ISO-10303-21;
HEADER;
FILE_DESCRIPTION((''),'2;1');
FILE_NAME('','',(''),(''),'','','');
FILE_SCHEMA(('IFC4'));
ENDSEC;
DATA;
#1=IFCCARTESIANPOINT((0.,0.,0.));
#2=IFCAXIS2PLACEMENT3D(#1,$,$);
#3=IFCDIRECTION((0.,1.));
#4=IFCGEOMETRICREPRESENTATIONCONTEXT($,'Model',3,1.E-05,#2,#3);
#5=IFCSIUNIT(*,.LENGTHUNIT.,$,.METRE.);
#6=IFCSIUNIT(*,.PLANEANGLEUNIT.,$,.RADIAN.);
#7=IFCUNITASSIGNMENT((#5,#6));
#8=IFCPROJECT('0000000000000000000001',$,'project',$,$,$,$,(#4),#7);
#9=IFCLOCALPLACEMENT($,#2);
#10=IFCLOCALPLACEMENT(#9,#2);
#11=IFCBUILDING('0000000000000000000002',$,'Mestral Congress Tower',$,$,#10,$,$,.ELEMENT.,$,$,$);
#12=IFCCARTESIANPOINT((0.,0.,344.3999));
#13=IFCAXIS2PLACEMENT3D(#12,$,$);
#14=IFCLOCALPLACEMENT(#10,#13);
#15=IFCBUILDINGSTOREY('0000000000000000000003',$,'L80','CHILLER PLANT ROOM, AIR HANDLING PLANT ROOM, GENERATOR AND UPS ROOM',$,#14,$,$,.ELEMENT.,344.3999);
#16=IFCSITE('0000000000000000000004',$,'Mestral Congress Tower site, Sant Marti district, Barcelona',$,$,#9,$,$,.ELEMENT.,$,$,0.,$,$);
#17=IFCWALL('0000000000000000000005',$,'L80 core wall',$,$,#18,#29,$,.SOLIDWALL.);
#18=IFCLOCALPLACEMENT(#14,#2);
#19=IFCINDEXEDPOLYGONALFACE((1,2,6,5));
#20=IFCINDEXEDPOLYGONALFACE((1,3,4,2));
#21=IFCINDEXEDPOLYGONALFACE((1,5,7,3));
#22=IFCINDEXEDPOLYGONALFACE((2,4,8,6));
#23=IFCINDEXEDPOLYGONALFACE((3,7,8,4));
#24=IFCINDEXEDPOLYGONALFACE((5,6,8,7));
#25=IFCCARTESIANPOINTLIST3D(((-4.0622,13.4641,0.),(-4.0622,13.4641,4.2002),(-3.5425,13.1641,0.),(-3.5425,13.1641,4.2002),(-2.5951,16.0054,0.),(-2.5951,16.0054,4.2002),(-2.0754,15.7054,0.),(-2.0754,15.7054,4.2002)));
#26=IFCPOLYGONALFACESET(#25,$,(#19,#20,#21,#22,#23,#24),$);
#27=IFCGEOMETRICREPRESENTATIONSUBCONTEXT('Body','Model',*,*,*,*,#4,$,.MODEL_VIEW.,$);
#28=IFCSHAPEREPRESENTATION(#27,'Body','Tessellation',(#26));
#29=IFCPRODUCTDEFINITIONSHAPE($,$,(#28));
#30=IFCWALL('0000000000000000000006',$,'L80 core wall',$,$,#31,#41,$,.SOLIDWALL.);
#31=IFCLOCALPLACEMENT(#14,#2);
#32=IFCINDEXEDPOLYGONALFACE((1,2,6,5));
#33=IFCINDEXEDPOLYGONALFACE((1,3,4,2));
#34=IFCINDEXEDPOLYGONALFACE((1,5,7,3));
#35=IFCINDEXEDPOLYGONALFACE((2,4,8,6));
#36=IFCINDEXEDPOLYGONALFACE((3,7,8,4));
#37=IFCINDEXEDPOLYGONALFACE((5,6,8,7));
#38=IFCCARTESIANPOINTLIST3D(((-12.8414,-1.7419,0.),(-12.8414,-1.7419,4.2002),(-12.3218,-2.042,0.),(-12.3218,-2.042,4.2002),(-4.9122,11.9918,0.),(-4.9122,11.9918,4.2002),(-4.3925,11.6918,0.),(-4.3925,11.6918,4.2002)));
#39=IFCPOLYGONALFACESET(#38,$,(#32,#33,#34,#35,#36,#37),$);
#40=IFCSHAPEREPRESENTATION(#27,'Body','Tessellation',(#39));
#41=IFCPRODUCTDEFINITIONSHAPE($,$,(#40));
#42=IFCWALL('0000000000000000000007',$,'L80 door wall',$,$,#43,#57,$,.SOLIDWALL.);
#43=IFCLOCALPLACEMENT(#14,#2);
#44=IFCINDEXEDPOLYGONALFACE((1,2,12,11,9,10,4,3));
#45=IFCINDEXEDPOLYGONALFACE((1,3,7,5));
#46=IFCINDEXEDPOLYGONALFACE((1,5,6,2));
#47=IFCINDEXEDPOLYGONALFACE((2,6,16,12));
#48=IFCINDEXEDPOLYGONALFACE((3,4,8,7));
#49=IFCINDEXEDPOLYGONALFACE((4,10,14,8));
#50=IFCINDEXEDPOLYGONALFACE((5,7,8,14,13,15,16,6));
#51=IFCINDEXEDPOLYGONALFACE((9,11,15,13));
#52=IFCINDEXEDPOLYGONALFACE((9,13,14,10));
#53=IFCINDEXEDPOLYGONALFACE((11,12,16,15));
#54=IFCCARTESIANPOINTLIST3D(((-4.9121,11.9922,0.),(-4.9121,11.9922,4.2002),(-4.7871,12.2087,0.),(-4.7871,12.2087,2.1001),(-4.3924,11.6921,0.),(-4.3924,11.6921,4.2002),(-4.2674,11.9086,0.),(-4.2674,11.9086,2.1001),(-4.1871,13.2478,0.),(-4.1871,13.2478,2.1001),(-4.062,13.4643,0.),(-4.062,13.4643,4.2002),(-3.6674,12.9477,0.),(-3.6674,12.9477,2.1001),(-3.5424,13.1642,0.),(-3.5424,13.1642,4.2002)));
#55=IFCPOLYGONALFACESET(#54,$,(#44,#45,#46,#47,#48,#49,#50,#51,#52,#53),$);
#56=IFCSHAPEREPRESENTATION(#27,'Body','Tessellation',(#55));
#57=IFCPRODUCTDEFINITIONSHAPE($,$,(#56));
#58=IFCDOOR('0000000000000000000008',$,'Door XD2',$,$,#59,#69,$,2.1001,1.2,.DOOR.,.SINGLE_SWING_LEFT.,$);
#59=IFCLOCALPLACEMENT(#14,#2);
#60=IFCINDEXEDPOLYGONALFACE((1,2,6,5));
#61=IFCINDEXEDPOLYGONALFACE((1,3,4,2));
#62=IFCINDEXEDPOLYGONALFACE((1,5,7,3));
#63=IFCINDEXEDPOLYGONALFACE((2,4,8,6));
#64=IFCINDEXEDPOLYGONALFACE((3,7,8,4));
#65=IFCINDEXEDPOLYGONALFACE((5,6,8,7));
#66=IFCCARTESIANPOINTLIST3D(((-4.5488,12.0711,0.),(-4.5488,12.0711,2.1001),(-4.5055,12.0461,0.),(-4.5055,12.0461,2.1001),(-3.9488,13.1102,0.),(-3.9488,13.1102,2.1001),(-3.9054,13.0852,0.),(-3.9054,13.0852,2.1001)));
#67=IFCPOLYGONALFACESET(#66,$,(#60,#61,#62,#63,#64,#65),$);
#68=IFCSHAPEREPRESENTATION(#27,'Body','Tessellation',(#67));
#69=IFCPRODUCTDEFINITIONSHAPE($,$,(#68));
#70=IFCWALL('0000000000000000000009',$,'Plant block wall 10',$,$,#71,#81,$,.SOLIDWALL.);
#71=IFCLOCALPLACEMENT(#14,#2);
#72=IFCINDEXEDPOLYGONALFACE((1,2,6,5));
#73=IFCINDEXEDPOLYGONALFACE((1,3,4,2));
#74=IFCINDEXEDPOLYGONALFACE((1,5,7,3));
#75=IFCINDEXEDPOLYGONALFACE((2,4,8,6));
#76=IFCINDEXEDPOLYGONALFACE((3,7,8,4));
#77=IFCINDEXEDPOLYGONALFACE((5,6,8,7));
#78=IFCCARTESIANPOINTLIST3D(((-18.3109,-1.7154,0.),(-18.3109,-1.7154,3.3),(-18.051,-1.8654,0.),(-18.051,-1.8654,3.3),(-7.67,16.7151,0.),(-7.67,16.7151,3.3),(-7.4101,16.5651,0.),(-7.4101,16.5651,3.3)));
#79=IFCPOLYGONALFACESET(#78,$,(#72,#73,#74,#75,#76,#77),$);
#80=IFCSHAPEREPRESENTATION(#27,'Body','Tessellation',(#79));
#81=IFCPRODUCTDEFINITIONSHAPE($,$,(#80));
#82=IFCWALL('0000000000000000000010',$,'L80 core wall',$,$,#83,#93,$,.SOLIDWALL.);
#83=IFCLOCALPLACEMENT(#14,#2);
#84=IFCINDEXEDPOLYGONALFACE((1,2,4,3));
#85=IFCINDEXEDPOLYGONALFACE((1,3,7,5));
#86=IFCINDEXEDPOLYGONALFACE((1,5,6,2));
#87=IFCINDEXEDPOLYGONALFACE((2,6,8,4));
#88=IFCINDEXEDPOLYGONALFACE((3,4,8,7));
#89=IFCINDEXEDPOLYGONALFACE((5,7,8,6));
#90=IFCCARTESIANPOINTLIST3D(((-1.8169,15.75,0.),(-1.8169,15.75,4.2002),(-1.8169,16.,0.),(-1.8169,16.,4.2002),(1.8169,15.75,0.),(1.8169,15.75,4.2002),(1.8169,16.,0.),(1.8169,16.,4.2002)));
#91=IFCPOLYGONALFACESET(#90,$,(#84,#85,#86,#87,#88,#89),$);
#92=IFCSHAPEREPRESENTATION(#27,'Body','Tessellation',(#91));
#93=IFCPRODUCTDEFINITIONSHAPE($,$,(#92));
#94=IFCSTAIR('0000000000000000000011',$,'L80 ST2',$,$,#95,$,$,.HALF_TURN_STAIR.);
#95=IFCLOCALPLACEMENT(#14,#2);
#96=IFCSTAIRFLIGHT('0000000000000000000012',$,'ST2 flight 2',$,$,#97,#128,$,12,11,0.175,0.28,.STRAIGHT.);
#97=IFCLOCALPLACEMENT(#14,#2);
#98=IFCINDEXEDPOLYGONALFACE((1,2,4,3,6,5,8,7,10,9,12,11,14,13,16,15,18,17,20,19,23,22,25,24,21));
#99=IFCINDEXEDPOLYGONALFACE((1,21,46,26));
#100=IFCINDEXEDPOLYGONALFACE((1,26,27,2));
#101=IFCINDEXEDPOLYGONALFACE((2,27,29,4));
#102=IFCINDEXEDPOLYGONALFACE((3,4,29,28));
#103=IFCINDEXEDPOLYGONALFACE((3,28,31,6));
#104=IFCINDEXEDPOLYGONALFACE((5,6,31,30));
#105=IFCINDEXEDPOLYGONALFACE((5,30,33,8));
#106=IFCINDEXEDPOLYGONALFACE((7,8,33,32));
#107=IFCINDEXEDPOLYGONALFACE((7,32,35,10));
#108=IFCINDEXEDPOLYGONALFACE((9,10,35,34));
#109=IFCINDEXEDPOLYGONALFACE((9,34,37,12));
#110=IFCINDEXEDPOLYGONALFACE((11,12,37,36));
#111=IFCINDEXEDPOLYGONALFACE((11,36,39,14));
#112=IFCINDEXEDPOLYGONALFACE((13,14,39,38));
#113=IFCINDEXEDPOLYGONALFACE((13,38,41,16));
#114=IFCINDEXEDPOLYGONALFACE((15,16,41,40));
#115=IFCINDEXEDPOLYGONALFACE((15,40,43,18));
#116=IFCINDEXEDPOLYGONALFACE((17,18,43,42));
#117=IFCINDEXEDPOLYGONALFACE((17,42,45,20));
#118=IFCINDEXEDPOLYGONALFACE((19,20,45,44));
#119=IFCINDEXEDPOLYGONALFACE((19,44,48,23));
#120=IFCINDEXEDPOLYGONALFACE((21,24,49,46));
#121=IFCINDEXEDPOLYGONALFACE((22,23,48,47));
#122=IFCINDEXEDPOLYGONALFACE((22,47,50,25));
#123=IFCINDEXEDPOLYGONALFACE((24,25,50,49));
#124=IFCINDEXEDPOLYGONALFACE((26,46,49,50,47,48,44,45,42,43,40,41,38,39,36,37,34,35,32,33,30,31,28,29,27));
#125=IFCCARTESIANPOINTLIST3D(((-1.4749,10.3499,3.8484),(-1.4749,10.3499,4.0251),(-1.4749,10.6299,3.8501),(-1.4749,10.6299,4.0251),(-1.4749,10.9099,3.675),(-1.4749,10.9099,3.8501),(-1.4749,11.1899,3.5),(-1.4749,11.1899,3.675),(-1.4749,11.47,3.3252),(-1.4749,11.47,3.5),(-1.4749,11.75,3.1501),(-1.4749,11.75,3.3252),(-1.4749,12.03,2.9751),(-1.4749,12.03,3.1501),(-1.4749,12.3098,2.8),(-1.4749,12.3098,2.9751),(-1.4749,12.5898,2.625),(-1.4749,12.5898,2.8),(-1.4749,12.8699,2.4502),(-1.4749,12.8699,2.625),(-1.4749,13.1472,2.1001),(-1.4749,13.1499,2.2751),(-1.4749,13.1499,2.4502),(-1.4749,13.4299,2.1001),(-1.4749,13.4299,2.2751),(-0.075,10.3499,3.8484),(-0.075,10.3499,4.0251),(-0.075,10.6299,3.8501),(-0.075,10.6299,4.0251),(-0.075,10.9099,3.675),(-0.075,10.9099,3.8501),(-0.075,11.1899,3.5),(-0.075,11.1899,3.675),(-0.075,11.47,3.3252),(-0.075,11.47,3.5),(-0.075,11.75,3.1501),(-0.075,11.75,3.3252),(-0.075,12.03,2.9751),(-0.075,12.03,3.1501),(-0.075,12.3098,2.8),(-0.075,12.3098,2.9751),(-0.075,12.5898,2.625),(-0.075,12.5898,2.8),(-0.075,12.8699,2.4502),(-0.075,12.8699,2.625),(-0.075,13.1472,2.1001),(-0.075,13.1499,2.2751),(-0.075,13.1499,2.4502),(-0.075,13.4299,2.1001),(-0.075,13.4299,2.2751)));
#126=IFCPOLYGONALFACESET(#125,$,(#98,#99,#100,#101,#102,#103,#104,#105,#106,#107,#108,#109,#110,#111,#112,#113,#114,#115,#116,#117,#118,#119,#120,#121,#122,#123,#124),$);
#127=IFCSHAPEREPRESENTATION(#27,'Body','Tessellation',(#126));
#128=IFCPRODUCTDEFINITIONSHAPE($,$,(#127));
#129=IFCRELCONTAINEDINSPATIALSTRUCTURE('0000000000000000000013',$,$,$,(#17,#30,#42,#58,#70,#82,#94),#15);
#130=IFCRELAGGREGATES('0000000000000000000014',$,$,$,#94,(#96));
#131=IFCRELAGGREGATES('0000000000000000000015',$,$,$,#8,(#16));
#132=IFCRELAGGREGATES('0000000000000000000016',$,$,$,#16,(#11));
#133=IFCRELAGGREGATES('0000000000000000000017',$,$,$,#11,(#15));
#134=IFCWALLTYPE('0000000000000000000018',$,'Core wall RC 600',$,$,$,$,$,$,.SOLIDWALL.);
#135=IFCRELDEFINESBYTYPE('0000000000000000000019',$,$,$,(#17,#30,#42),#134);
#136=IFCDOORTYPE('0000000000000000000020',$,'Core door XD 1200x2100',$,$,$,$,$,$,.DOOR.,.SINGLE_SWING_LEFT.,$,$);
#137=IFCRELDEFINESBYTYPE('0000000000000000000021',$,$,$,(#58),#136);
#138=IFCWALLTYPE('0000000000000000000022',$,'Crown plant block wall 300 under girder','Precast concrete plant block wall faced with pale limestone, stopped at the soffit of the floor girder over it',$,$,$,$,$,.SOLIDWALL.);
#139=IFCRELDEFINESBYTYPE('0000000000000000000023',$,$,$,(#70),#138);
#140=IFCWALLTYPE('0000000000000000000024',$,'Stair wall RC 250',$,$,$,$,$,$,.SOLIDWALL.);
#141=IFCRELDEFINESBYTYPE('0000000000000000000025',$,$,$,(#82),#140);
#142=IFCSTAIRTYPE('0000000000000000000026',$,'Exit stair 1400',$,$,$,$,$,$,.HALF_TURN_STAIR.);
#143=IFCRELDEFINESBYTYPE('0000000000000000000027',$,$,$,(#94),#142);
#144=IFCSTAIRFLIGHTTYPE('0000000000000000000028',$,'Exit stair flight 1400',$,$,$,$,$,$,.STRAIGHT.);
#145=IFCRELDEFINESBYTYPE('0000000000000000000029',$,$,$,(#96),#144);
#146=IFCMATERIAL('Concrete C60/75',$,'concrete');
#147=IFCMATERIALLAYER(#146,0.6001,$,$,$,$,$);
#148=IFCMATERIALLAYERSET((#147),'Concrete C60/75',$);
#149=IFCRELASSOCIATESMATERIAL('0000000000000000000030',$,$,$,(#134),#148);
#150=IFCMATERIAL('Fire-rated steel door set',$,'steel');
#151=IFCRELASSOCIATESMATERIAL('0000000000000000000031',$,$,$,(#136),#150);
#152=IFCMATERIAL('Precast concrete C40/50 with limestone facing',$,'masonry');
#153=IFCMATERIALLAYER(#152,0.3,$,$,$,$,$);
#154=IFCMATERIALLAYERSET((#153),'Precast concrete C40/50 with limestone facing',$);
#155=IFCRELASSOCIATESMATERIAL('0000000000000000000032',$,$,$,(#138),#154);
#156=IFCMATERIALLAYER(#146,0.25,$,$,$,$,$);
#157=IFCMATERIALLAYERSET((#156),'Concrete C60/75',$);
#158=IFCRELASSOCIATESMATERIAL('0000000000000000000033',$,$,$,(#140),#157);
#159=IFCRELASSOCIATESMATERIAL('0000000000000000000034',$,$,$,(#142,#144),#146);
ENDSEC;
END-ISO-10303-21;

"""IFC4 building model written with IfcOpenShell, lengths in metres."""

from ifc_helpers import new_model, si_unit, direction, frame, frame_2d, origin, place, context, subcontext, project, spatial, polyline, rectangle, outline, extrude, material, layer, layer_set, type_object, element, fill, aggregate, save


model = new_model("IFC4")

# Units and contexts
model_context = context("Model", 3, precision=1e-05, world=origin(), true_north=direction((0.0, 1.0)))
body_context = subcontext(model_context, "Body", "Model", "MODEL_VIEW")
ifc_project = project(units=[si_unit("LENGTHUNIT", "METRE"), si_unit("PLANEANGLEUNIT", "RADIAN")], contexts=[model_context])

# Site, building, storey
site_placement = place(None, origin())
site = spatial("IfcSite", under=ifc_project, at=site_placement, Name="Mestral Congress Tower site, Sant Marti district, Barcelona", CompositionType="ELEMENT", RefElevation=0.0)
building_placement = place(site_placement, origin())
building = spatial("IfcBuilding", under=site, at=building_placement, Name="Mestral Congress Tower", CompositionType="ELEMENT")
storey_placement = place(building_placement, frame((0.0, 0.0, 344.3999)))
storey = spatial("IfcBuildingStorey", under=building, at=storey_placement, Name="L80", Description="CHILLER PLANT ROOM, AIR HANDLING PLANT ROOM, GENERATOR AND UPS ROOM", CompositionType="ELEMENT", Elevation=344.3999)

# Shared definitions
placement = place(storey_placement, origin())

# Walls
ifc_material_1 = material(Name="Concrete C60/75", Category="concrete")
ifc_layer_1 = layer(ifc_material_1, 0.6001)
ifc_layer_set_1 = layer_set([ifc_layer_1], Name="Concrete C60/75")
wall_type_1 = type_object("IfcWallType", Name="Core wall RC 600", PredefinedType="SOLIDWALL", material=ifc_layer_set_1)
wall_1_placement = place(storey_placement, frame((-2.3352, 15.8555, 0.0), z_axis=(0.0, 0.0, 1.0), x_axis=(-0.49996, -0.866048, 0.0)))
element("IfcWall", 1, at=wall_1_placement, inside=storey, type_object=wall_type_1, Name="L80 core wall", PredefinedType="SOLIDWALL", context=body_context, shape_type="SweptSolid", body=[
    extrude(rectangle(XDim=2.9343, YDim=0.6001, at=frame_2d((1.4673, 0.0))), origin(), (0.0, 0.0, 1.0), 4.2002),
])
wall_2_placement = place(storey_placement, frame((-4.6523, 11.8418, 0.0), z_axis=(0.0, 0.0, 1.0), x_axis=(-0.500004, -0.866023, 0.0)))
element("IfcWall", 2, at=wall_2_placement, inside=storey, type_object=wall_type_1, Name="L80 core wall", PredefinedType="SOLIDWALL", context=body_context, shape_type="SweptSolid", body=[
    extrude(rectangle(XDim=15.8584, YDim=0.6001, at=frame_2d((7.9292, 0.0))), origin(), (0.0, 0.0, 1.0), 4.2002),
])

# Wall, opening, door
wall_3_placement = place(storey_placement, frame((-4.6523, 11.842, 0.0), z_axis=(0.0, 0.0, 1.0), x_axis=(0.500062, 0.865989, 0.0)))
wall_3 = element("IfcWall", 3, at=wall_3_placement, inside=storey, type_object=wall_type_1, Name="L80 door wall", PredefinedType="SOLIDWALL", context=body_context, shape_type="SweptSolid", body=[
    extrude(rectangle(XDim=1.7, YDim=0.6001, at=frame_2d((0.8501, 0.0))), origin(), (0.0, 0.0, 1.0), 4.2002),
])
opening_placement = place(wall_3_placement, frame((0.25, 0.0, 0.0)))
opening = element("IfcOpeningElement", 4, at=opening_placement, cuts=wall_3, PredefinedType="OPENING", context=body_context, shape_type="SweptSolid", body=[
    extrude(rectangle(XDim=1.2, YDim=2.1001, at=frame_2d((0.6001, 1.05))), frame((0.0, 0.3101, 0.0), z_axis=(0.0, -1.0, 0.0), x_axis=(1.0, 0.0, 0.0)), (0.0, 0.0, 1.0), 0.6201),
])
ifc_material_2 = material(Name="Fire-rated steel door set", Category="steel")
door_type = type_object("IfcDoorType", Name="Core door XD 1200x2100", OperationType="SINGLE_SWING_LEFT", PredefinedType="DOOR", material=ifc_material_2)
door_placement = place(opening_placement, origin())
door = element("IfcDoor", 5, at=door_placement, inside=storey, type_object=door_type, Name="Door XD2", OperationType="SINGLE_SWING_LEFT", OverallHeight=2.1001, OverallWidth=1.2, PredefinedType="DOOR", context=body_context, shape_type="SweptSolid", body=[
    extrude(rectangle(XDim=1.2, YDim=2.1001, at=frame_2d((0.6001, 1.05))), frame((0.0, 0.0249, 0.0), z_axis=(0.0, -1.0, 0.0), x_axis=(1.0, 0.0, 0.0)), (0.0, 0.0, 1.0), 0.05),
])
fill(opening, door)

# Walls
ifc_material_3 = material(Name="Precast concrete C40/50 with limestone facing", Category="masonry")
ifc_layer_2 = layer(ifc_material_3, 0.3)
ifc_layer_set_2 = layer_set([ifc_layer_2], Name="Precast concrete C40/50 with limestone facing")
wall_type_2 = type_object("IfcWallType", Name="Crown plant block wall 300 under girder", Description="Precast concrete plant block wall faced with pale limestone, stopped at the soffit of the floor girder over it", PredefinedType="SOLIDWALL", material=ifc_layer_set_2)
wall_4_placement = place(storey_placement, frame((-7.54, 16.6401, 0.0), z_axis=(0.0, 0.0, 1.0), x_axis=(-0.500002, -0.866024, 0.0)))
element("IfcWall", 6, at=wall_4_placement, inside=storey, type_object=wall_type_2, Name="Plant block wall 10", PredefinedType="SOLIDWALL", context=body_context, shape_type="SweptSolid", body=[
    extrude(rectangle(XDim=21.2817, YDim=0.3, at=frame_2d((10.6409, 0.0))), origin(), (0.0, 0.0, 1.0), 3.3),
])
ifc_layer_3 = layer(ifc_material_1, 0.25)
ifc_layer_set_3 = layer_set([ifc_layer_3], Name="Concrete C60/75")
wall_type_3 = type_object("IfcWallType", Name="Stair wall RC 250", PredefinedType="SOLIDWALL", material=ifc_layer_set_3)
wall_5_placement = place(storey_placement, frame((-1.8169, 15.875, 0.0), z_axis=(0.0, 0.0, 1.0), x_axis=(1.0, 0.0, 0.0)))
element("IfcWall", 7, at=wall_5_placement, inside=storey, type_object=wall_type_3, Name="L80 core wall", PredefinedType="SOLIDWALL", context=body_context, shape_type="SweptSolid", body=[
    extrude(rectangle(XDim=3.6338, YDim=0.25, at=frame_2d((1.8169, 0.0))), origin(), (0.0, 0.0, 1.0), 4.2002),
])

# Stair, stair flight
stair_type = type_object("IfcStairType", Name="Exit stair 1400", PredefinedType="HALF_TURN_STAIR", material=ifc_material_1)
stair = element("IfcStair", 8, at=placement, inside=storey, type_object=stair_type, Name="L80 ST2", PredefinedType="HALF_TURN_STAIR")
stair_flight_type = type_object("IfcStairFlightType", Name="Exit stair flight 1400", PredefinedType="STRAIGHT", material=ifc_material_1)
stair_flight_placement = place(storey_placement, frame((-0.7749, 13.4299, 2.1001), z_axis=(0.0, 0.0, 1.0), x_axis=(0.0, -1.0, 0.0)))
stair_flight = element("IfcStairFlight", 9, at=stair_flight_placement, type_object=stair_flight_type, Name="ST2 flight 2", NumberOfRisers=12, NumberOfTreads=11, PredefinedType="STRAIGHT", RiserHeight=0.175, TreadLength=0.28, context=body_context, shape_type="SweptSolid", body=[
    extrude(outline(polyline([(0.0, 0.0), (0.0, 0.175), (0.28, 0.175), (0.28, 0.3501), (0.5601, 0.3501), (0.5601, 0.5249), (0.8401, 0.5249), (0.8401, 0.7), (1.1201, 0.7), (1.1201, 0.875), (1.3999, 0.875), (1.3999, 1.05), (1.6799, 1.05), (1.6799, 1.2251), (1.96, 1.2251), (1.96, 1.3999), (2.24, 1.3999), (2.24, 1.575), (2.52, 1.575), (2.52, 1.75), (2.8, 1.75), (2.8, 1.925), (3.0801, 1.925), (3.0801, 2.1001), (3.0801, 1.7483), (0.2827, 0.0), (0.0, 0.0)])), frame((0.0, 0.7, 0.0), z_axis=(0.0, -1.0, 0.0), x_axis=(1.0, 0.0, 0.0)), (0.0, 0.0, 1.0), 1.3999),
])
aggregate(stair, [stair_flight])

save(model, "model.ifc")
